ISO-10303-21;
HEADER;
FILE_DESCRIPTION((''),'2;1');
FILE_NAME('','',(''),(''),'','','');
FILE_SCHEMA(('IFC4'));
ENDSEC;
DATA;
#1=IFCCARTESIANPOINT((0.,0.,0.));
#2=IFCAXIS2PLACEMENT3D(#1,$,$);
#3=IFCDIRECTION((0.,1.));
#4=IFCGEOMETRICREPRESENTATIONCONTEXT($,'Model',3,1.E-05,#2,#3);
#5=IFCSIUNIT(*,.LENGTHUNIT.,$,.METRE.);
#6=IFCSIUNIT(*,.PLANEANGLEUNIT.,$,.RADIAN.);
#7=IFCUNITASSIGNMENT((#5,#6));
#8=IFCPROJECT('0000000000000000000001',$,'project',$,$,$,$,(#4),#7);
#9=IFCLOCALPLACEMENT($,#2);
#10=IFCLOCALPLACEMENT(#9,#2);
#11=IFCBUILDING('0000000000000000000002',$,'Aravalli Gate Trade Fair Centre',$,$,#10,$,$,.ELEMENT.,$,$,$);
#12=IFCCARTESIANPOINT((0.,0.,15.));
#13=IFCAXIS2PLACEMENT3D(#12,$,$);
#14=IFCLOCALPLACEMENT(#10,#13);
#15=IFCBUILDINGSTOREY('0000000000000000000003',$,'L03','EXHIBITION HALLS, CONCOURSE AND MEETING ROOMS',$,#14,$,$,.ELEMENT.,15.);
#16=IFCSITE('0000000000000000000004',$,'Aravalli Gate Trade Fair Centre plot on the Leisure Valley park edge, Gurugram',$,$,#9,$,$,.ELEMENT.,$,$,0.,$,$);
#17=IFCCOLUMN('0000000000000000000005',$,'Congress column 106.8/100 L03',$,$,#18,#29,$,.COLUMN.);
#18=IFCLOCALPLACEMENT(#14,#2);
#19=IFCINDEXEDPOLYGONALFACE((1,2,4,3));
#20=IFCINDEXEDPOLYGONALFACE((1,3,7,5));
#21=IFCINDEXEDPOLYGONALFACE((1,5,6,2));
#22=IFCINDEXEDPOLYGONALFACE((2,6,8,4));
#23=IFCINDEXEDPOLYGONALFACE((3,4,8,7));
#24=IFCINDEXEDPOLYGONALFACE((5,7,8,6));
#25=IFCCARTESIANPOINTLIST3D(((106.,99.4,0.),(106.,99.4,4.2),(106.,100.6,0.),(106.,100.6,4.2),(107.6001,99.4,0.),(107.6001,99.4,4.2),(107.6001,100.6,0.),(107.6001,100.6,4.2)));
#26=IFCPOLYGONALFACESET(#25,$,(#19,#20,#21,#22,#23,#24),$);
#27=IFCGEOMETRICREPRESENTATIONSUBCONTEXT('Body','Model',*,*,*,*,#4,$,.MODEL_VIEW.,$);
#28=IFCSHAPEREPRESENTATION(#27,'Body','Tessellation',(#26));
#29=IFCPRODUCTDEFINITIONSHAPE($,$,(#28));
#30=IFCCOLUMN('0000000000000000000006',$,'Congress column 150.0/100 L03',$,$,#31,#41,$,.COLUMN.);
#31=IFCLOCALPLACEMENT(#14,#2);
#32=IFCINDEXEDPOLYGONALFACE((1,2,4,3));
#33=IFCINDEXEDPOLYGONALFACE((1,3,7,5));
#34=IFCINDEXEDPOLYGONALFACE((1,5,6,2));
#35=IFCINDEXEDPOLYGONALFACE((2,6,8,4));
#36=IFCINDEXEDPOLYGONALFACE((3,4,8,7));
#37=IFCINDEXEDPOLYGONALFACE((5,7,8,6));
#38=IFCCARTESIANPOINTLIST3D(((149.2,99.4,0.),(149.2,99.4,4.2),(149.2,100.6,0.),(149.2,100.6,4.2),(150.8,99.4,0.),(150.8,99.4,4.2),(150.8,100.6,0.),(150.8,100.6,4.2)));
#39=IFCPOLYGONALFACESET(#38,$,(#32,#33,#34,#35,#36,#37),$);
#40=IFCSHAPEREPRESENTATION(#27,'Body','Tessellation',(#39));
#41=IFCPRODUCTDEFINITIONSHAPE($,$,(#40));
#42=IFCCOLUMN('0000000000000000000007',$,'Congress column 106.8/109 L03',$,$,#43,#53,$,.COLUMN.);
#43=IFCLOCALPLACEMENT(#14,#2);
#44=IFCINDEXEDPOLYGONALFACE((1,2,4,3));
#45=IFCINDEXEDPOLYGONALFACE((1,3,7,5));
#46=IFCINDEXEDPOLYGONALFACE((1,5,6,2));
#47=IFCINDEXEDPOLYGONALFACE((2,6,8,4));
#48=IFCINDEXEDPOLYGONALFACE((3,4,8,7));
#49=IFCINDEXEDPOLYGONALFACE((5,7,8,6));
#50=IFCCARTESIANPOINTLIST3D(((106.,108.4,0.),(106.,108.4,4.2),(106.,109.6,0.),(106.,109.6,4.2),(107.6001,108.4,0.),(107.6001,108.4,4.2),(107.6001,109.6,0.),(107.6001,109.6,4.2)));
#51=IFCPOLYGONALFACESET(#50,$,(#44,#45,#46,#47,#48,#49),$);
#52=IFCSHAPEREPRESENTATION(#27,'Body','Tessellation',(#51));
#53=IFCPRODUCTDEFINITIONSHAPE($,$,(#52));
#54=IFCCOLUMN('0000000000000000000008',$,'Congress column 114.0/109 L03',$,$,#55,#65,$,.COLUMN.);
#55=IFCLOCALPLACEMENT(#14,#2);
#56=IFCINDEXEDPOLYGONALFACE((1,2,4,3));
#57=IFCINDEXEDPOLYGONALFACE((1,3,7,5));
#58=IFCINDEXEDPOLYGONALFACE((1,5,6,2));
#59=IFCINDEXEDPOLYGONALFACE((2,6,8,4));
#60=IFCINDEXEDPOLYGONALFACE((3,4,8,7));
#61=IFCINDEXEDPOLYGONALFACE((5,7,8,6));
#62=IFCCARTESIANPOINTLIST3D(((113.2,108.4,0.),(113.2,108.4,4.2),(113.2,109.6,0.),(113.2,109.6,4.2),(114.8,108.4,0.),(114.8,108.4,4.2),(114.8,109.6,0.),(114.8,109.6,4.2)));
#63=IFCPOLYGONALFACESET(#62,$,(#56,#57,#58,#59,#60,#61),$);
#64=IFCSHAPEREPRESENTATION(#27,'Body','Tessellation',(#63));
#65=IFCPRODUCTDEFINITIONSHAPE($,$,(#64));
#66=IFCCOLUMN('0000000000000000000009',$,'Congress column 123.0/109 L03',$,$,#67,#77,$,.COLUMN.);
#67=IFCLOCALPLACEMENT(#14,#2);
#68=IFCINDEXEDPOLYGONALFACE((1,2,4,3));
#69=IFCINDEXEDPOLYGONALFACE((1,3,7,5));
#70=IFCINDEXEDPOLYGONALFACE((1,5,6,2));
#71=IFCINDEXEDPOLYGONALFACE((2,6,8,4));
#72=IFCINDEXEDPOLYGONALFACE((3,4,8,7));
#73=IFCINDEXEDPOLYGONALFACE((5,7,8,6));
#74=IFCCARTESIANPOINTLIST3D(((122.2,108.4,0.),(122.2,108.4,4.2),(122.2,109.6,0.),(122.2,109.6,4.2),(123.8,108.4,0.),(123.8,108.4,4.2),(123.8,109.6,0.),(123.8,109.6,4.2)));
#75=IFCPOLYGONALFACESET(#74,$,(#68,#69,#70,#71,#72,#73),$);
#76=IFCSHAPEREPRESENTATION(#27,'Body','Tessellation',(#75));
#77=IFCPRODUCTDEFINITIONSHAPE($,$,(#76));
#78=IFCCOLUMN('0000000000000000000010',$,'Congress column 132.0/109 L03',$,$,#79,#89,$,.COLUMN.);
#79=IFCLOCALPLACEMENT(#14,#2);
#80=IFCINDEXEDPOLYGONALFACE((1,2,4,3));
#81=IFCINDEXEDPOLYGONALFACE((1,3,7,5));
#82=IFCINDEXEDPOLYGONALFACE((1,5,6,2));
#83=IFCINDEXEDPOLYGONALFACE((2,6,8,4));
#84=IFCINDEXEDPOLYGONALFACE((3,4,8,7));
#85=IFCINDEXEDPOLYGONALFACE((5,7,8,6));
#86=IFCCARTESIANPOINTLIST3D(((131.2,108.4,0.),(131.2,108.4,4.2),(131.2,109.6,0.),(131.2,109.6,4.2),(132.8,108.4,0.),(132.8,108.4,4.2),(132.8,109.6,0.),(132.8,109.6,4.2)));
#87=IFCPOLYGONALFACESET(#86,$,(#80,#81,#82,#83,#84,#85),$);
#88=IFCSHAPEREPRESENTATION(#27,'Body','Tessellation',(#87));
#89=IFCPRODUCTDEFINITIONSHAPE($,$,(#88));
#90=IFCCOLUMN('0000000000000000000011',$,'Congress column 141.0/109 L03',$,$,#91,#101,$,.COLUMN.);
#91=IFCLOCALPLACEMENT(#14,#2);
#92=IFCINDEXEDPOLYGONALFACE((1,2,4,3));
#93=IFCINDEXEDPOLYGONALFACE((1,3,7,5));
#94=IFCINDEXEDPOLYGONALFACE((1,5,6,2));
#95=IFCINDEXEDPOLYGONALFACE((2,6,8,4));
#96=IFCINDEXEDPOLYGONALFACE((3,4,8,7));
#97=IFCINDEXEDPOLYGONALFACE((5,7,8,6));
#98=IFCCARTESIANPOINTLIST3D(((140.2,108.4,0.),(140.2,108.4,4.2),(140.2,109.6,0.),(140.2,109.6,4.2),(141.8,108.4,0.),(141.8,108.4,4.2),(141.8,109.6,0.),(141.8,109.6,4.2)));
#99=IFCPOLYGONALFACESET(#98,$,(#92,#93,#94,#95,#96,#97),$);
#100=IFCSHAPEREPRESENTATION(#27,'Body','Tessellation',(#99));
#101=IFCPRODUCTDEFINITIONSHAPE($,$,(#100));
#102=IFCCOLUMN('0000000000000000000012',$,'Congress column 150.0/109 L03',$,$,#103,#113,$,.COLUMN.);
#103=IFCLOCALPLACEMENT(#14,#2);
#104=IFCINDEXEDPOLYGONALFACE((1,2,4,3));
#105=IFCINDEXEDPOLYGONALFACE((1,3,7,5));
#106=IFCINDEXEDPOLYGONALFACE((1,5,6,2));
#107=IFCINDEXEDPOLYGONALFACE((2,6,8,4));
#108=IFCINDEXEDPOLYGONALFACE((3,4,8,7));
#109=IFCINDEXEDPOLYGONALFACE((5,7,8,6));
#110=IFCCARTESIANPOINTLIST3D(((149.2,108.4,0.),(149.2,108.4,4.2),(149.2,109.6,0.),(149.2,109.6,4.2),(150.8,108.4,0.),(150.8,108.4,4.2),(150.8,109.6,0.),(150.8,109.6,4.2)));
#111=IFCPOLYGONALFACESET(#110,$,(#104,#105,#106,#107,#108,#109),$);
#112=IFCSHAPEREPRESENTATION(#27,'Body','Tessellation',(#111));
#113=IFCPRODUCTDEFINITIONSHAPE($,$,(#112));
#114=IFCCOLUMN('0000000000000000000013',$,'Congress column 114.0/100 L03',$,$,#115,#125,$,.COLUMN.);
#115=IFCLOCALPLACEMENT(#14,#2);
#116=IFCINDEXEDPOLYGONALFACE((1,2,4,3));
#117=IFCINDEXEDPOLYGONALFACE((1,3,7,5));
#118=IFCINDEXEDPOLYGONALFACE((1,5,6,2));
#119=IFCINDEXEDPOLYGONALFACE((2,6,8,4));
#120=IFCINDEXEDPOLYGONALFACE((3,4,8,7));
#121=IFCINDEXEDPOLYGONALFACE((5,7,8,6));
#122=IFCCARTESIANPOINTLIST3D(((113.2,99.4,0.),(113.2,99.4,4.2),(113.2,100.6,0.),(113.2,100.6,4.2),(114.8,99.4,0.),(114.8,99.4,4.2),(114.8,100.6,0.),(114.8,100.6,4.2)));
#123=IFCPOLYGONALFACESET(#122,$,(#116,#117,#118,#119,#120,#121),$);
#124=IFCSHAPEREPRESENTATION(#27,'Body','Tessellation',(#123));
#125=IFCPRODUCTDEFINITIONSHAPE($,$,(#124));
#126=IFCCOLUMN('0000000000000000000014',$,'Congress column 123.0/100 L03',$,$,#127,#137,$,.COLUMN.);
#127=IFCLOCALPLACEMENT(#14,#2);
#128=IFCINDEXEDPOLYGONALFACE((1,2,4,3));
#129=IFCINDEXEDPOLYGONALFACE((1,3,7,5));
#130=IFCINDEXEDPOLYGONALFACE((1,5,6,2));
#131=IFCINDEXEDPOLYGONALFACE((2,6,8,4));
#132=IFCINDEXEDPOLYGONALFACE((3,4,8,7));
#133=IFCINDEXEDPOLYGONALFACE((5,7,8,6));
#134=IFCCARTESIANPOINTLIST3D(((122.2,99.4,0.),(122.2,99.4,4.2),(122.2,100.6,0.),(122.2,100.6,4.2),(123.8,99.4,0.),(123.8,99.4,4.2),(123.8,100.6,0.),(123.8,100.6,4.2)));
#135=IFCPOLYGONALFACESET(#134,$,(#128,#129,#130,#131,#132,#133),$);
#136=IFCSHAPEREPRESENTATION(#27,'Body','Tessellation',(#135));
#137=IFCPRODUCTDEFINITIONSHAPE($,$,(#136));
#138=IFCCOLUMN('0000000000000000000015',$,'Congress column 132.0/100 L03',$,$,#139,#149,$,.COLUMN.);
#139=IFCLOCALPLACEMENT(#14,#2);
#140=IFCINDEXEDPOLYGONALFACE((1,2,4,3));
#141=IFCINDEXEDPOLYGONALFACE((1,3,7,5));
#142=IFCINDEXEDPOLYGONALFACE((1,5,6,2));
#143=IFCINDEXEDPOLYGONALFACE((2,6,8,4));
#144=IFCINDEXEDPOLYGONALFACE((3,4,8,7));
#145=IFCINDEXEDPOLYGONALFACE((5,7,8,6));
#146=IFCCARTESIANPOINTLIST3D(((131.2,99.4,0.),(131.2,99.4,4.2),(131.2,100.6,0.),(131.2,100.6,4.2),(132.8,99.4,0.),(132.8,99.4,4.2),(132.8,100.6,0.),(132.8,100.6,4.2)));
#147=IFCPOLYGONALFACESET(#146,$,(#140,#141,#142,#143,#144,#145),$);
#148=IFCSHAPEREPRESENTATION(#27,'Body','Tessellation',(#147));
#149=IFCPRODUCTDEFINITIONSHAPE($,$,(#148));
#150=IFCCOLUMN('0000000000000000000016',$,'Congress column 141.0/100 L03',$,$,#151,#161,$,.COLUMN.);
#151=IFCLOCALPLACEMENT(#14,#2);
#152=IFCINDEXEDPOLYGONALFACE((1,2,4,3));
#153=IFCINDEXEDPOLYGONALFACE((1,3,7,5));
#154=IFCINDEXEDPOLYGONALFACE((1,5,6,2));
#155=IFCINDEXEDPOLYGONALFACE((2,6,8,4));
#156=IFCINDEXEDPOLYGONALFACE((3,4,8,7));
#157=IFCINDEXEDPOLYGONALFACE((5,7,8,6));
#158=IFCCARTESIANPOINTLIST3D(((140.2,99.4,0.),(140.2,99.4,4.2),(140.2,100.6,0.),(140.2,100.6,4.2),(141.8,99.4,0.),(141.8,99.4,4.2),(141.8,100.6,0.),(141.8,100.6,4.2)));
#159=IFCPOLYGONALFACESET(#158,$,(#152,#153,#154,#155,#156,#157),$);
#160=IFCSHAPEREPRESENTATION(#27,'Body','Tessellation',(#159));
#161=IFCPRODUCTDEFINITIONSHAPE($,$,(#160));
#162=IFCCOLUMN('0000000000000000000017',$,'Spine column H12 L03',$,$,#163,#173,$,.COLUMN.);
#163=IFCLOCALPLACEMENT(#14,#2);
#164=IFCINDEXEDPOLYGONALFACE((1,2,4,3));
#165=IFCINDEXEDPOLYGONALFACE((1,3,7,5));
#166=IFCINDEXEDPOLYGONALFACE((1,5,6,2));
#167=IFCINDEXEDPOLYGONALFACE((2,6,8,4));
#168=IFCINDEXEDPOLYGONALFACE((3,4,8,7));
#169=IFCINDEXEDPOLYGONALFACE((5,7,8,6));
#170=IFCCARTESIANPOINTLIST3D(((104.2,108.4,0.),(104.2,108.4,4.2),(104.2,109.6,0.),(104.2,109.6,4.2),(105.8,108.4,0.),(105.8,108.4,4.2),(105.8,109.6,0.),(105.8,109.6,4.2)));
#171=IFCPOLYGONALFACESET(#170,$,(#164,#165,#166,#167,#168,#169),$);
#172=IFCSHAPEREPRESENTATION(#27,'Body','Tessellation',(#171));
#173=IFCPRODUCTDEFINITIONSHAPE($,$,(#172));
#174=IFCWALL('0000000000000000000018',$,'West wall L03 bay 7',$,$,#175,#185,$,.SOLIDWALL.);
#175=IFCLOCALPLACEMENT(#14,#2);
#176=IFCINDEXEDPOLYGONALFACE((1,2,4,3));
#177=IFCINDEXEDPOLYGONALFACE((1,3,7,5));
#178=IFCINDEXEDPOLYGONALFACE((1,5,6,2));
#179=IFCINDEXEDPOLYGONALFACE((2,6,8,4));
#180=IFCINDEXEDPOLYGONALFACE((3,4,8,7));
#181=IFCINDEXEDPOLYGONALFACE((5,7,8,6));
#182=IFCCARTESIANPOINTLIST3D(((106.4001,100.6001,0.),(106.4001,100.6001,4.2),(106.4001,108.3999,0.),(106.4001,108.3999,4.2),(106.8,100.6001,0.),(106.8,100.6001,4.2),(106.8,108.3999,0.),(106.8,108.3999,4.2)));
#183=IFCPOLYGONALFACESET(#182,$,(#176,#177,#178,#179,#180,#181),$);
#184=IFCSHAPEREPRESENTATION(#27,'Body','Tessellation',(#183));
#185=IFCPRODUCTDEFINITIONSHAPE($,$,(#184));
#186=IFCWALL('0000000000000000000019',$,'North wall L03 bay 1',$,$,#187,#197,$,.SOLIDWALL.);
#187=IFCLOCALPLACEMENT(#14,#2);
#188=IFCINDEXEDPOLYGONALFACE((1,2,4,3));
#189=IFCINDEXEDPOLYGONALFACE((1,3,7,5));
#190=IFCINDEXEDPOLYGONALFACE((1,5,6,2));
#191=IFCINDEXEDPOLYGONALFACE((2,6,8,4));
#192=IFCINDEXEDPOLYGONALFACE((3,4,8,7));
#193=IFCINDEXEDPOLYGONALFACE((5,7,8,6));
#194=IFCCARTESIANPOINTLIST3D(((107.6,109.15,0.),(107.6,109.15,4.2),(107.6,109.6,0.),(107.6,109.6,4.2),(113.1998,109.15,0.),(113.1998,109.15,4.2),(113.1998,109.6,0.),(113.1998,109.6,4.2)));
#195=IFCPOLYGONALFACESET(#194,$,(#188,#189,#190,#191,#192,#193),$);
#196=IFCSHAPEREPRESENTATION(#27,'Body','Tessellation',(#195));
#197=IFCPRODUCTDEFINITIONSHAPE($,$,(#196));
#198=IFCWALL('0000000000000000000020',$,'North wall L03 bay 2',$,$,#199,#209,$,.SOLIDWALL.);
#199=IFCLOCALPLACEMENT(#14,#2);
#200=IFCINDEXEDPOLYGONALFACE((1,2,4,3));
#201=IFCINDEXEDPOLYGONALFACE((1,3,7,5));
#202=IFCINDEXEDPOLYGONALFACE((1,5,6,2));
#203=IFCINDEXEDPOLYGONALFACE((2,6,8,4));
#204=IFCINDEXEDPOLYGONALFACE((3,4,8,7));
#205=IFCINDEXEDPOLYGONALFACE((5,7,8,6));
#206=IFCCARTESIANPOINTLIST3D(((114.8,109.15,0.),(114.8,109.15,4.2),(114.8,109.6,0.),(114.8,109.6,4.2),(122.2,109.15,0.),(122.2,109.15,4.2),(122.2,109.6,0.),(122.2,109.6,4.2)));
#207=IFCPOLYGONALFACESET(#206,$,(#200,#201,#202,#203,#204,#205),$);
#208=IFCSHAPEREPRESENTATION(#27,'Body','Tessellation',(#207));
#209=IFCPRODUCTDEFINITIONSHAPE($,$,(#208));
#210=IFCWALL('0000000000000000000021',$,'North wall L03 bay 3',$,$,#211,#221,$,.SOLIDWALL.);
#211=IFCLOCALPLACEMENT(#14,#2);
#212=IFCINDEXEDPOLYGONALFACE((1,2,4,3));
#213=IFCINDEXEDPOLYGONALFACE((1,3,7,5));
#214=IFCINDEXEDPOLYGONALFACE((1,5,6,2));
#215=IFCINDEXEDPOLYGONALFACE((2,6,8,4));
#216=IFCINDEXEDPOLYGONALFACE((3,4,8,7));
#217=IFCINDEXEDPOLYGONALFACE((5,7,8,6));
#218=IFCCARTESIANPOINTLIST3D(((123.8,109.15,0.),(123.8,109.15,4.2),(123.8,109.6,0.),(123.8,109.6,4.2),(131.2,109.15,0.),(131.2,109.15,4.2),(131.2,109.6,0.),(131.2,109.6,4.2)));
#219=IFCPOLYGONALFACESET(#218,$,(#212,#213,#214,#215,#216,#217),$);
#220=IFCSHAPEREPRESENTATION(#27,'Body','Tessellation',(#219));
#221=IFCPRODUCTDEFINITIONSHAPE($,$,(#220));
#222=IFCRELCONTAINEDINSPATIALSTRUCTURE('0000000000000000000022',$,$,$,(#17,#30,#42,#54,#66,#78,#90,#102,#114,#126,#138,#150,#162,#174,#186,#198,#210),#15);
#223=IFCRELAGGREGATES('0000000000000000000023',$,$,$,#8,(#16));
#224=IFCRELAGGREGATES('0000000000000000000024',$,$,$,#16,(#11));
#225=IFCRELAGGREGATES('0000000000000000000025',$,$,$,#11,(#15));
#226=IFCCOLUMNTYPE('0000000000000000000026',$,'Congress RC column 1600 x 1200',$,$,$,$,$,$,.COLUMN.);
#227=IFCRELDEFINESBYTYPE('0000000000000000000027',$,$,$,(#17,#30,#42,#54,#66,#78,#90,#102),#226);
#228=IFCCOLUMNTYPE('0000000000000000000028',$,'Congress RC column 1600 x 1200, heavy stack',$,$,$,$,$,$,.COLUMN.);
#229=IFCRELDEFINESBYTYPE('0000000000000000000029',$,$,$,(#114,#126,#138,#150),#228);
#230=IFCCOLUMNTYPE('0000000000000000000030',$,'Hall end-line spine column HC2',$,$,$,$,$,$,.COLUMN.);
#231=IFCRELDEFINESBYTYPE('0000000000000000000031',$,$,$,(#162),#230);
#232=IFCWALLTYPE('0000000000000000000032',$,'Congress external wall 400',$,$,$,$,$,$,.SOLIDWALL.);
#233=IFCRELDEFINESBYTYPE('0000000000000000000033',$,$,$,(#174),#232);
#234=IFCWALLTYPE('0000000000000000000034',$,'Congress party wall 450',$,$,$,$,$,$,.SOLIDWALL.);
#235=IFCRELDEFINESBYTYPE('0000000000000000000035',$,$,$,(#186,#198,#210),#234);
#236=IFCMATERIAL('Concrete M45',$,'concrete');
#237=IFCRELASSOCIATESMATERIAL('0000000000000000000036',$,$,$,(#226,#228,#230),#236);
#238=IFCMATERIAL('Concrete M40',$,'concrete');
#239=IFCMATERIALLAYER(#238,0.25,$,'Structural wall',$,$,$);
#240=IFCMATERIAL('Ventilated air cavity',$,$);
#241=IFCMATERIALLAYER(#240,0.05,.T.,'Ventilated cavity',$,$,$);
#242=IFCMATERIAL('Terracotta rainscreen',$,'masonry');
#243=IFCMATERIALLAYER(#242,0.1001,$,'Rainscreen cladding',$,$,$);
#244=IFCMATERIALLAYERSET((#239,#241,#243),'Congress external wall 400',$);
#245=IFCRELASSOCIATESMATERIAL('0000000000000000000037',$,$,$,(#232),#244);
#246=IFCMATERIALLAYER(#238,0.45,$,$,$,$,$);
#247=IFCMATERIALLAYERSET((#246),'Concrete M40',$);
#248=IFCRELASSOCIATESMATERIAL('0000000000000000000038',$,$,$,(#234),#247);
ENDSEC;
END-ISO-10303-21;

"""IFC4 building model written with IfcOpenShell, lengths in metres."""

from ifc_helpers import new_model, si_unit, direction, frame, frame_2d, origin, origin_2d, place, context, subcontext, project, spatial, rectangle, extrude, material, layer, layer_set, material_profile, profile_set, type_object, element, save


model = new_model("IFC4")

# Units and contexts
model_context = context("Model", 3, precision=1e-05, world=origin(), true_north=direction((0.0, 1.0)))
body_context = subcontext(model_context, "Body", "Model", "MODEL_VIEW")
ifc_project = project(units=[si_unit("LENGTHUNIT", "METRE"), si_unit("PLANEANGLEUNIT", "RADIAN")], contexts=[model_context])

# Site, building, storey
site_placement = place(None, origin())
site = spatial("IfcSite", under=ifc_project, at=site_placement, Name="Aravalli Gate Trade Fair Centre plot on the Leisure Valley park edge, Gurugram", CompositionType="ELEMENT", RefElevation=0.0)
building_placement = place(site_placement, origin())
building = spatial("IfcBuilding", under=site, at=building_placement, Name="Aravalli Gate Trade Fair Centre", CompositionType="ELEMENT")
storey_placement = place(building_placement, frame((0.0, 0.0, 15.0)))
storey = spatial("IfcBuildingStorey", under=building, at=storey_placement, Name="L03", Description="EXHIBITION HALLS, CONCOURSE AND MEETING ROOMS", CompositionType="ELEMENT", Elevation=15.0)

# Columns
ifc_material_1 = material(Name="Concrete M45", Category="concrete")
ifc_material_profile_1 = material_profile(ifc_material_1, rectangle(XDim=1.6001, YDim=1.2, at=origin_2d()), Name="RC 1600x1200")
ifc_profile_set_1 = profile_set([ifc_material_profile_1], Name="Concrete M45")
column_type_1 = type_object("IfcColumnType", Name="Congress RC column 1600 x 1200", PredefinedType="COLUMN", material=ifc_profile_set_1)
for number, where, z_axis, x_axis, name in (
    (1, (106.8, 100.0, 0.0), (0.0, 0.0, 1.0), (1.0, 0.0, 0.0), "Congress column 106.8/100 L03"),
    (2, (150.0, 100.0, 0.0), (0.0, 0.0, 1.0), (1.0, 0.0, 0.0), "Congress column 150.0/100 L03"),
    (3, (106.8, 109.0, 0.0), (0.0, 0.0, 1.0), (1.0, 0.0, 0.0), "Congress column 106.8/109 L03"),
    (4, (114.0, 109.0, 0.0), (0.0, 0.0, 1.0), (1.0, 0.0, 0.0), "Congress column 114.0/109 L03"),
    (5, (123.0, 109.0, 0.0), (0.0, 0.0, 1.0), (1.0, 0.0, 0.0), "Congress column 123.0/109 L03"),
    (6, (132.0, 109.0, 0.0), (0.0, 0.0, 1.0), (1.0, 0.0, 0.0), "Congress column 132.0/109 L03"),
    (7, (141.0, 109.0, 0.0), (0.0, 0.0, 1.0), (1.0, 0.0, 0.0), "Congress column 141.0/109 L03"),
    (8, (150.0, 109.0, 0.0), (0.0, 0.0, 1.0), (1.0, 0.0, 0.0), "Congress column 150.0/109 L03"),
):
    element("IfcColumn", number, at=place(storey_placement, frame(where, z_axis=z_axis, x_axis=x_axis)), inside=storey, type_object=column_type_1, Name=name, PredefinedType="COLUMN", context=body_context, shape_type="SweptSolid", body=[
        extrude(rectangle(XDim=1.6001, YDim=1.2, at=origin_2d()), origin(), (0.0, 0.0, 1.0), 4.2),
    ])
ifc_material_profile_2 = material_profile(ifc_material_1, rectangle(XDim=1.6001, YDim=1.2, at=origin_2d()), Name="RC 1600x1200")
ifc_profile_set_2 = profile_set([ifc_material_profile_2], Name="Concrete M45")
column_type_2 = type_object("IfcColumnType", Name="Congress RC column 1600 x 1200, heavy stack", PredefinedType="COLUMN", material=ifc_profile_set_2)
for number, where, z_axis, x_axis, name in (
    (9, (114.0, 100.0, 0.0), (0.0, 0.0, 1.0), (1.0, 0.0, 0.0), "Congress column 114.0/100 L03"),
    (10, (123.0, 100.0, 0.0), (0.0, 0.0, 1.0), (1.0, 0.0, 0.0), "Congress column 123.0/100 L03"),
    (11, (132.0, 100.0, 0.0), (0.0, 0.0, 1.0), (1.0, 0.0, 0.0), "Congress column 132.0/100 L03"),
    (12, (141.0, 100.0, 0.0), (0.0, 0.0, 1.0), (1.0, 0.0, 0.0), "Congress column 141.0/100 L03"),
):
    element("IfcColumn", number, at=place(storey_placement, frame(where, z_axis=z_axis, x_axis=x_axis)), inside=storey, type_object=column_type_2, Name=name, PredefinedType="COLUMN", context=body_context, shape_type="SweptSolid", body=[
        extrude(rectangle(XDim=1.6001, YDim=1.2, at=origin_2d()), origin(), (0.0, 0.0, 1.0), 4.2),
    ])
ifc_material_profile_3 = material_profile(ifc_material_1, rectangle(XDim=1.6001, YDim=1.2, at=origin_2d()), Name="RC 1600x1200")
ifc_profile_set_3 = profile_set([ifc_material_profile_3], Name="Concrete M45")
column_type_3 = type_object("IfcColumnType", Name="Hall end-line spine column HC2", PredefinedType="COLUMN", material=ifc_profile_set_3)
column_placement = place(storey_placement, frame((105.0, 109.0, 0.0), z_axis=(0.0, 0.0, 1.0), x_axis=(1.0, 0.0, 0.0)))
element("IfcColumn", 13, at=column_placement, inside=storey, type_object=column_type_3, Name="Spine column H12 L03", PredefinedType="COLUMN", context=body_context, shape_type="SweptSolid", body=[
    extrude(rectangle(XDim=1.6001, YDim=1.2, at=origin_2d()), origin(), (0.0, 0.0, 1.0), 4.2),
])

# Walls
ifc_material_2 = material(Name="Concrete M40", Category="concrete")
ifc_layer_1 = layer(ifc_material_2, 0.25, Name="Structural wall")
ifc_material_3 = material(Name="Ventilated air cavity")
ifc_layer_2 = layer(ifc_material_3, 0.05, ventilated=True, Name="Ventilated cavity")
ifc_material_4 = material(Name="Terracotta rainscreen", Category="masonry")
ifc_layer_3 = layer(ifc_material_4, 0.1001, Name="Rainscreen cladding")
ifc_layer_set_1 = layer_set([ifc_layer_1, ifc_layer_2, ifc_layer_3], Name="Congress external wall 400")
wall_type_1 = type_object("IfcWallType", Name="Congress external wall 400", PredefinedType="SOLIDWALL", material=ifc_layer_set_1)
wall_1_placement = place(storey_placement, frame((106.6001, 100.6001, 0.0), z_axis=(0.0, 0.0, 1.0), x_axis=(0.0, 1.0, 0.0)))
element("IfcWall", 14, at=wall_1_placement, inside=storey, type_object=wall_type_1, Name="West wall L03 bay 7", PredefinedType="SOLIDWALL", context=body_context, shape_type="SweptSolid", body=[
    extrude(rectangle(XDim=7.7998, YDim=0.3999, at=frame_2d((3.8999, 0.0))), origin(), (0.0, 0.0, 1.0), 4.2),
])
ifc_layer_4 = layer(ifc_material_2, 0.45)
ifc_layer_set_2 = layer_set([ifc_layer_4], Name="Concrete M40")
wall_type_2 = type_object("IfcWallType", Name="Congress party wall 450", PredefinedType="SOLIDWALL", material=ifc_layer_set_2)
wall_2_placement = place(storey_placement, frame((107.6001, 109.375, 0.0), z_axis=(0.0, 0.0, 1.0), x_axis=(1.0, 0.0, 0.0)))
element("IfcWall", 15, at=wall_2_placement, inside=storey, type_object=wall_type_2, Name="North wall L03 bay 1", PredefinedType="SOLIDWALL", context=body_context, shape_type="SweptSolid", body=[
    extrude(rectangle(XDim=5.5999, YDim=0.45, at=frame_2d((2.7998, 0.0))), origin(), (0.0, 0.0, 1.0), 4.2),
])
for number, where, z_axis, x_axis, name in (
    (16, (114.8, 109.375, 0.0), (0.0, 0.0, 1.0), (1.0, 0.0, 0.0), "North wall L03 bay 2"),
    (17, (123.8, 109.375, 0.0), (0.0, 0.0, 1.0), (1.0, 0.0, 0.0), "North wall L03 bay 3"),
):
    element("IfcWall", number, at=place(storey_placement, frame(where, z_axis=z_axis, x_axis=x_axis)), inside=storey, type_object=wall_type_2, Name=name, PredefinedType="SOLIDWALL", context=body_context, shape_type="SweptSolid", body=[
        extrude(rectangle(XDim=7.3999, YDim=0.45, at=frame_2d((3.7, 0.0))), origin(), (0.0, 0.0, 1.0), 4.2),
    ])

save(model, "model.ifc")
